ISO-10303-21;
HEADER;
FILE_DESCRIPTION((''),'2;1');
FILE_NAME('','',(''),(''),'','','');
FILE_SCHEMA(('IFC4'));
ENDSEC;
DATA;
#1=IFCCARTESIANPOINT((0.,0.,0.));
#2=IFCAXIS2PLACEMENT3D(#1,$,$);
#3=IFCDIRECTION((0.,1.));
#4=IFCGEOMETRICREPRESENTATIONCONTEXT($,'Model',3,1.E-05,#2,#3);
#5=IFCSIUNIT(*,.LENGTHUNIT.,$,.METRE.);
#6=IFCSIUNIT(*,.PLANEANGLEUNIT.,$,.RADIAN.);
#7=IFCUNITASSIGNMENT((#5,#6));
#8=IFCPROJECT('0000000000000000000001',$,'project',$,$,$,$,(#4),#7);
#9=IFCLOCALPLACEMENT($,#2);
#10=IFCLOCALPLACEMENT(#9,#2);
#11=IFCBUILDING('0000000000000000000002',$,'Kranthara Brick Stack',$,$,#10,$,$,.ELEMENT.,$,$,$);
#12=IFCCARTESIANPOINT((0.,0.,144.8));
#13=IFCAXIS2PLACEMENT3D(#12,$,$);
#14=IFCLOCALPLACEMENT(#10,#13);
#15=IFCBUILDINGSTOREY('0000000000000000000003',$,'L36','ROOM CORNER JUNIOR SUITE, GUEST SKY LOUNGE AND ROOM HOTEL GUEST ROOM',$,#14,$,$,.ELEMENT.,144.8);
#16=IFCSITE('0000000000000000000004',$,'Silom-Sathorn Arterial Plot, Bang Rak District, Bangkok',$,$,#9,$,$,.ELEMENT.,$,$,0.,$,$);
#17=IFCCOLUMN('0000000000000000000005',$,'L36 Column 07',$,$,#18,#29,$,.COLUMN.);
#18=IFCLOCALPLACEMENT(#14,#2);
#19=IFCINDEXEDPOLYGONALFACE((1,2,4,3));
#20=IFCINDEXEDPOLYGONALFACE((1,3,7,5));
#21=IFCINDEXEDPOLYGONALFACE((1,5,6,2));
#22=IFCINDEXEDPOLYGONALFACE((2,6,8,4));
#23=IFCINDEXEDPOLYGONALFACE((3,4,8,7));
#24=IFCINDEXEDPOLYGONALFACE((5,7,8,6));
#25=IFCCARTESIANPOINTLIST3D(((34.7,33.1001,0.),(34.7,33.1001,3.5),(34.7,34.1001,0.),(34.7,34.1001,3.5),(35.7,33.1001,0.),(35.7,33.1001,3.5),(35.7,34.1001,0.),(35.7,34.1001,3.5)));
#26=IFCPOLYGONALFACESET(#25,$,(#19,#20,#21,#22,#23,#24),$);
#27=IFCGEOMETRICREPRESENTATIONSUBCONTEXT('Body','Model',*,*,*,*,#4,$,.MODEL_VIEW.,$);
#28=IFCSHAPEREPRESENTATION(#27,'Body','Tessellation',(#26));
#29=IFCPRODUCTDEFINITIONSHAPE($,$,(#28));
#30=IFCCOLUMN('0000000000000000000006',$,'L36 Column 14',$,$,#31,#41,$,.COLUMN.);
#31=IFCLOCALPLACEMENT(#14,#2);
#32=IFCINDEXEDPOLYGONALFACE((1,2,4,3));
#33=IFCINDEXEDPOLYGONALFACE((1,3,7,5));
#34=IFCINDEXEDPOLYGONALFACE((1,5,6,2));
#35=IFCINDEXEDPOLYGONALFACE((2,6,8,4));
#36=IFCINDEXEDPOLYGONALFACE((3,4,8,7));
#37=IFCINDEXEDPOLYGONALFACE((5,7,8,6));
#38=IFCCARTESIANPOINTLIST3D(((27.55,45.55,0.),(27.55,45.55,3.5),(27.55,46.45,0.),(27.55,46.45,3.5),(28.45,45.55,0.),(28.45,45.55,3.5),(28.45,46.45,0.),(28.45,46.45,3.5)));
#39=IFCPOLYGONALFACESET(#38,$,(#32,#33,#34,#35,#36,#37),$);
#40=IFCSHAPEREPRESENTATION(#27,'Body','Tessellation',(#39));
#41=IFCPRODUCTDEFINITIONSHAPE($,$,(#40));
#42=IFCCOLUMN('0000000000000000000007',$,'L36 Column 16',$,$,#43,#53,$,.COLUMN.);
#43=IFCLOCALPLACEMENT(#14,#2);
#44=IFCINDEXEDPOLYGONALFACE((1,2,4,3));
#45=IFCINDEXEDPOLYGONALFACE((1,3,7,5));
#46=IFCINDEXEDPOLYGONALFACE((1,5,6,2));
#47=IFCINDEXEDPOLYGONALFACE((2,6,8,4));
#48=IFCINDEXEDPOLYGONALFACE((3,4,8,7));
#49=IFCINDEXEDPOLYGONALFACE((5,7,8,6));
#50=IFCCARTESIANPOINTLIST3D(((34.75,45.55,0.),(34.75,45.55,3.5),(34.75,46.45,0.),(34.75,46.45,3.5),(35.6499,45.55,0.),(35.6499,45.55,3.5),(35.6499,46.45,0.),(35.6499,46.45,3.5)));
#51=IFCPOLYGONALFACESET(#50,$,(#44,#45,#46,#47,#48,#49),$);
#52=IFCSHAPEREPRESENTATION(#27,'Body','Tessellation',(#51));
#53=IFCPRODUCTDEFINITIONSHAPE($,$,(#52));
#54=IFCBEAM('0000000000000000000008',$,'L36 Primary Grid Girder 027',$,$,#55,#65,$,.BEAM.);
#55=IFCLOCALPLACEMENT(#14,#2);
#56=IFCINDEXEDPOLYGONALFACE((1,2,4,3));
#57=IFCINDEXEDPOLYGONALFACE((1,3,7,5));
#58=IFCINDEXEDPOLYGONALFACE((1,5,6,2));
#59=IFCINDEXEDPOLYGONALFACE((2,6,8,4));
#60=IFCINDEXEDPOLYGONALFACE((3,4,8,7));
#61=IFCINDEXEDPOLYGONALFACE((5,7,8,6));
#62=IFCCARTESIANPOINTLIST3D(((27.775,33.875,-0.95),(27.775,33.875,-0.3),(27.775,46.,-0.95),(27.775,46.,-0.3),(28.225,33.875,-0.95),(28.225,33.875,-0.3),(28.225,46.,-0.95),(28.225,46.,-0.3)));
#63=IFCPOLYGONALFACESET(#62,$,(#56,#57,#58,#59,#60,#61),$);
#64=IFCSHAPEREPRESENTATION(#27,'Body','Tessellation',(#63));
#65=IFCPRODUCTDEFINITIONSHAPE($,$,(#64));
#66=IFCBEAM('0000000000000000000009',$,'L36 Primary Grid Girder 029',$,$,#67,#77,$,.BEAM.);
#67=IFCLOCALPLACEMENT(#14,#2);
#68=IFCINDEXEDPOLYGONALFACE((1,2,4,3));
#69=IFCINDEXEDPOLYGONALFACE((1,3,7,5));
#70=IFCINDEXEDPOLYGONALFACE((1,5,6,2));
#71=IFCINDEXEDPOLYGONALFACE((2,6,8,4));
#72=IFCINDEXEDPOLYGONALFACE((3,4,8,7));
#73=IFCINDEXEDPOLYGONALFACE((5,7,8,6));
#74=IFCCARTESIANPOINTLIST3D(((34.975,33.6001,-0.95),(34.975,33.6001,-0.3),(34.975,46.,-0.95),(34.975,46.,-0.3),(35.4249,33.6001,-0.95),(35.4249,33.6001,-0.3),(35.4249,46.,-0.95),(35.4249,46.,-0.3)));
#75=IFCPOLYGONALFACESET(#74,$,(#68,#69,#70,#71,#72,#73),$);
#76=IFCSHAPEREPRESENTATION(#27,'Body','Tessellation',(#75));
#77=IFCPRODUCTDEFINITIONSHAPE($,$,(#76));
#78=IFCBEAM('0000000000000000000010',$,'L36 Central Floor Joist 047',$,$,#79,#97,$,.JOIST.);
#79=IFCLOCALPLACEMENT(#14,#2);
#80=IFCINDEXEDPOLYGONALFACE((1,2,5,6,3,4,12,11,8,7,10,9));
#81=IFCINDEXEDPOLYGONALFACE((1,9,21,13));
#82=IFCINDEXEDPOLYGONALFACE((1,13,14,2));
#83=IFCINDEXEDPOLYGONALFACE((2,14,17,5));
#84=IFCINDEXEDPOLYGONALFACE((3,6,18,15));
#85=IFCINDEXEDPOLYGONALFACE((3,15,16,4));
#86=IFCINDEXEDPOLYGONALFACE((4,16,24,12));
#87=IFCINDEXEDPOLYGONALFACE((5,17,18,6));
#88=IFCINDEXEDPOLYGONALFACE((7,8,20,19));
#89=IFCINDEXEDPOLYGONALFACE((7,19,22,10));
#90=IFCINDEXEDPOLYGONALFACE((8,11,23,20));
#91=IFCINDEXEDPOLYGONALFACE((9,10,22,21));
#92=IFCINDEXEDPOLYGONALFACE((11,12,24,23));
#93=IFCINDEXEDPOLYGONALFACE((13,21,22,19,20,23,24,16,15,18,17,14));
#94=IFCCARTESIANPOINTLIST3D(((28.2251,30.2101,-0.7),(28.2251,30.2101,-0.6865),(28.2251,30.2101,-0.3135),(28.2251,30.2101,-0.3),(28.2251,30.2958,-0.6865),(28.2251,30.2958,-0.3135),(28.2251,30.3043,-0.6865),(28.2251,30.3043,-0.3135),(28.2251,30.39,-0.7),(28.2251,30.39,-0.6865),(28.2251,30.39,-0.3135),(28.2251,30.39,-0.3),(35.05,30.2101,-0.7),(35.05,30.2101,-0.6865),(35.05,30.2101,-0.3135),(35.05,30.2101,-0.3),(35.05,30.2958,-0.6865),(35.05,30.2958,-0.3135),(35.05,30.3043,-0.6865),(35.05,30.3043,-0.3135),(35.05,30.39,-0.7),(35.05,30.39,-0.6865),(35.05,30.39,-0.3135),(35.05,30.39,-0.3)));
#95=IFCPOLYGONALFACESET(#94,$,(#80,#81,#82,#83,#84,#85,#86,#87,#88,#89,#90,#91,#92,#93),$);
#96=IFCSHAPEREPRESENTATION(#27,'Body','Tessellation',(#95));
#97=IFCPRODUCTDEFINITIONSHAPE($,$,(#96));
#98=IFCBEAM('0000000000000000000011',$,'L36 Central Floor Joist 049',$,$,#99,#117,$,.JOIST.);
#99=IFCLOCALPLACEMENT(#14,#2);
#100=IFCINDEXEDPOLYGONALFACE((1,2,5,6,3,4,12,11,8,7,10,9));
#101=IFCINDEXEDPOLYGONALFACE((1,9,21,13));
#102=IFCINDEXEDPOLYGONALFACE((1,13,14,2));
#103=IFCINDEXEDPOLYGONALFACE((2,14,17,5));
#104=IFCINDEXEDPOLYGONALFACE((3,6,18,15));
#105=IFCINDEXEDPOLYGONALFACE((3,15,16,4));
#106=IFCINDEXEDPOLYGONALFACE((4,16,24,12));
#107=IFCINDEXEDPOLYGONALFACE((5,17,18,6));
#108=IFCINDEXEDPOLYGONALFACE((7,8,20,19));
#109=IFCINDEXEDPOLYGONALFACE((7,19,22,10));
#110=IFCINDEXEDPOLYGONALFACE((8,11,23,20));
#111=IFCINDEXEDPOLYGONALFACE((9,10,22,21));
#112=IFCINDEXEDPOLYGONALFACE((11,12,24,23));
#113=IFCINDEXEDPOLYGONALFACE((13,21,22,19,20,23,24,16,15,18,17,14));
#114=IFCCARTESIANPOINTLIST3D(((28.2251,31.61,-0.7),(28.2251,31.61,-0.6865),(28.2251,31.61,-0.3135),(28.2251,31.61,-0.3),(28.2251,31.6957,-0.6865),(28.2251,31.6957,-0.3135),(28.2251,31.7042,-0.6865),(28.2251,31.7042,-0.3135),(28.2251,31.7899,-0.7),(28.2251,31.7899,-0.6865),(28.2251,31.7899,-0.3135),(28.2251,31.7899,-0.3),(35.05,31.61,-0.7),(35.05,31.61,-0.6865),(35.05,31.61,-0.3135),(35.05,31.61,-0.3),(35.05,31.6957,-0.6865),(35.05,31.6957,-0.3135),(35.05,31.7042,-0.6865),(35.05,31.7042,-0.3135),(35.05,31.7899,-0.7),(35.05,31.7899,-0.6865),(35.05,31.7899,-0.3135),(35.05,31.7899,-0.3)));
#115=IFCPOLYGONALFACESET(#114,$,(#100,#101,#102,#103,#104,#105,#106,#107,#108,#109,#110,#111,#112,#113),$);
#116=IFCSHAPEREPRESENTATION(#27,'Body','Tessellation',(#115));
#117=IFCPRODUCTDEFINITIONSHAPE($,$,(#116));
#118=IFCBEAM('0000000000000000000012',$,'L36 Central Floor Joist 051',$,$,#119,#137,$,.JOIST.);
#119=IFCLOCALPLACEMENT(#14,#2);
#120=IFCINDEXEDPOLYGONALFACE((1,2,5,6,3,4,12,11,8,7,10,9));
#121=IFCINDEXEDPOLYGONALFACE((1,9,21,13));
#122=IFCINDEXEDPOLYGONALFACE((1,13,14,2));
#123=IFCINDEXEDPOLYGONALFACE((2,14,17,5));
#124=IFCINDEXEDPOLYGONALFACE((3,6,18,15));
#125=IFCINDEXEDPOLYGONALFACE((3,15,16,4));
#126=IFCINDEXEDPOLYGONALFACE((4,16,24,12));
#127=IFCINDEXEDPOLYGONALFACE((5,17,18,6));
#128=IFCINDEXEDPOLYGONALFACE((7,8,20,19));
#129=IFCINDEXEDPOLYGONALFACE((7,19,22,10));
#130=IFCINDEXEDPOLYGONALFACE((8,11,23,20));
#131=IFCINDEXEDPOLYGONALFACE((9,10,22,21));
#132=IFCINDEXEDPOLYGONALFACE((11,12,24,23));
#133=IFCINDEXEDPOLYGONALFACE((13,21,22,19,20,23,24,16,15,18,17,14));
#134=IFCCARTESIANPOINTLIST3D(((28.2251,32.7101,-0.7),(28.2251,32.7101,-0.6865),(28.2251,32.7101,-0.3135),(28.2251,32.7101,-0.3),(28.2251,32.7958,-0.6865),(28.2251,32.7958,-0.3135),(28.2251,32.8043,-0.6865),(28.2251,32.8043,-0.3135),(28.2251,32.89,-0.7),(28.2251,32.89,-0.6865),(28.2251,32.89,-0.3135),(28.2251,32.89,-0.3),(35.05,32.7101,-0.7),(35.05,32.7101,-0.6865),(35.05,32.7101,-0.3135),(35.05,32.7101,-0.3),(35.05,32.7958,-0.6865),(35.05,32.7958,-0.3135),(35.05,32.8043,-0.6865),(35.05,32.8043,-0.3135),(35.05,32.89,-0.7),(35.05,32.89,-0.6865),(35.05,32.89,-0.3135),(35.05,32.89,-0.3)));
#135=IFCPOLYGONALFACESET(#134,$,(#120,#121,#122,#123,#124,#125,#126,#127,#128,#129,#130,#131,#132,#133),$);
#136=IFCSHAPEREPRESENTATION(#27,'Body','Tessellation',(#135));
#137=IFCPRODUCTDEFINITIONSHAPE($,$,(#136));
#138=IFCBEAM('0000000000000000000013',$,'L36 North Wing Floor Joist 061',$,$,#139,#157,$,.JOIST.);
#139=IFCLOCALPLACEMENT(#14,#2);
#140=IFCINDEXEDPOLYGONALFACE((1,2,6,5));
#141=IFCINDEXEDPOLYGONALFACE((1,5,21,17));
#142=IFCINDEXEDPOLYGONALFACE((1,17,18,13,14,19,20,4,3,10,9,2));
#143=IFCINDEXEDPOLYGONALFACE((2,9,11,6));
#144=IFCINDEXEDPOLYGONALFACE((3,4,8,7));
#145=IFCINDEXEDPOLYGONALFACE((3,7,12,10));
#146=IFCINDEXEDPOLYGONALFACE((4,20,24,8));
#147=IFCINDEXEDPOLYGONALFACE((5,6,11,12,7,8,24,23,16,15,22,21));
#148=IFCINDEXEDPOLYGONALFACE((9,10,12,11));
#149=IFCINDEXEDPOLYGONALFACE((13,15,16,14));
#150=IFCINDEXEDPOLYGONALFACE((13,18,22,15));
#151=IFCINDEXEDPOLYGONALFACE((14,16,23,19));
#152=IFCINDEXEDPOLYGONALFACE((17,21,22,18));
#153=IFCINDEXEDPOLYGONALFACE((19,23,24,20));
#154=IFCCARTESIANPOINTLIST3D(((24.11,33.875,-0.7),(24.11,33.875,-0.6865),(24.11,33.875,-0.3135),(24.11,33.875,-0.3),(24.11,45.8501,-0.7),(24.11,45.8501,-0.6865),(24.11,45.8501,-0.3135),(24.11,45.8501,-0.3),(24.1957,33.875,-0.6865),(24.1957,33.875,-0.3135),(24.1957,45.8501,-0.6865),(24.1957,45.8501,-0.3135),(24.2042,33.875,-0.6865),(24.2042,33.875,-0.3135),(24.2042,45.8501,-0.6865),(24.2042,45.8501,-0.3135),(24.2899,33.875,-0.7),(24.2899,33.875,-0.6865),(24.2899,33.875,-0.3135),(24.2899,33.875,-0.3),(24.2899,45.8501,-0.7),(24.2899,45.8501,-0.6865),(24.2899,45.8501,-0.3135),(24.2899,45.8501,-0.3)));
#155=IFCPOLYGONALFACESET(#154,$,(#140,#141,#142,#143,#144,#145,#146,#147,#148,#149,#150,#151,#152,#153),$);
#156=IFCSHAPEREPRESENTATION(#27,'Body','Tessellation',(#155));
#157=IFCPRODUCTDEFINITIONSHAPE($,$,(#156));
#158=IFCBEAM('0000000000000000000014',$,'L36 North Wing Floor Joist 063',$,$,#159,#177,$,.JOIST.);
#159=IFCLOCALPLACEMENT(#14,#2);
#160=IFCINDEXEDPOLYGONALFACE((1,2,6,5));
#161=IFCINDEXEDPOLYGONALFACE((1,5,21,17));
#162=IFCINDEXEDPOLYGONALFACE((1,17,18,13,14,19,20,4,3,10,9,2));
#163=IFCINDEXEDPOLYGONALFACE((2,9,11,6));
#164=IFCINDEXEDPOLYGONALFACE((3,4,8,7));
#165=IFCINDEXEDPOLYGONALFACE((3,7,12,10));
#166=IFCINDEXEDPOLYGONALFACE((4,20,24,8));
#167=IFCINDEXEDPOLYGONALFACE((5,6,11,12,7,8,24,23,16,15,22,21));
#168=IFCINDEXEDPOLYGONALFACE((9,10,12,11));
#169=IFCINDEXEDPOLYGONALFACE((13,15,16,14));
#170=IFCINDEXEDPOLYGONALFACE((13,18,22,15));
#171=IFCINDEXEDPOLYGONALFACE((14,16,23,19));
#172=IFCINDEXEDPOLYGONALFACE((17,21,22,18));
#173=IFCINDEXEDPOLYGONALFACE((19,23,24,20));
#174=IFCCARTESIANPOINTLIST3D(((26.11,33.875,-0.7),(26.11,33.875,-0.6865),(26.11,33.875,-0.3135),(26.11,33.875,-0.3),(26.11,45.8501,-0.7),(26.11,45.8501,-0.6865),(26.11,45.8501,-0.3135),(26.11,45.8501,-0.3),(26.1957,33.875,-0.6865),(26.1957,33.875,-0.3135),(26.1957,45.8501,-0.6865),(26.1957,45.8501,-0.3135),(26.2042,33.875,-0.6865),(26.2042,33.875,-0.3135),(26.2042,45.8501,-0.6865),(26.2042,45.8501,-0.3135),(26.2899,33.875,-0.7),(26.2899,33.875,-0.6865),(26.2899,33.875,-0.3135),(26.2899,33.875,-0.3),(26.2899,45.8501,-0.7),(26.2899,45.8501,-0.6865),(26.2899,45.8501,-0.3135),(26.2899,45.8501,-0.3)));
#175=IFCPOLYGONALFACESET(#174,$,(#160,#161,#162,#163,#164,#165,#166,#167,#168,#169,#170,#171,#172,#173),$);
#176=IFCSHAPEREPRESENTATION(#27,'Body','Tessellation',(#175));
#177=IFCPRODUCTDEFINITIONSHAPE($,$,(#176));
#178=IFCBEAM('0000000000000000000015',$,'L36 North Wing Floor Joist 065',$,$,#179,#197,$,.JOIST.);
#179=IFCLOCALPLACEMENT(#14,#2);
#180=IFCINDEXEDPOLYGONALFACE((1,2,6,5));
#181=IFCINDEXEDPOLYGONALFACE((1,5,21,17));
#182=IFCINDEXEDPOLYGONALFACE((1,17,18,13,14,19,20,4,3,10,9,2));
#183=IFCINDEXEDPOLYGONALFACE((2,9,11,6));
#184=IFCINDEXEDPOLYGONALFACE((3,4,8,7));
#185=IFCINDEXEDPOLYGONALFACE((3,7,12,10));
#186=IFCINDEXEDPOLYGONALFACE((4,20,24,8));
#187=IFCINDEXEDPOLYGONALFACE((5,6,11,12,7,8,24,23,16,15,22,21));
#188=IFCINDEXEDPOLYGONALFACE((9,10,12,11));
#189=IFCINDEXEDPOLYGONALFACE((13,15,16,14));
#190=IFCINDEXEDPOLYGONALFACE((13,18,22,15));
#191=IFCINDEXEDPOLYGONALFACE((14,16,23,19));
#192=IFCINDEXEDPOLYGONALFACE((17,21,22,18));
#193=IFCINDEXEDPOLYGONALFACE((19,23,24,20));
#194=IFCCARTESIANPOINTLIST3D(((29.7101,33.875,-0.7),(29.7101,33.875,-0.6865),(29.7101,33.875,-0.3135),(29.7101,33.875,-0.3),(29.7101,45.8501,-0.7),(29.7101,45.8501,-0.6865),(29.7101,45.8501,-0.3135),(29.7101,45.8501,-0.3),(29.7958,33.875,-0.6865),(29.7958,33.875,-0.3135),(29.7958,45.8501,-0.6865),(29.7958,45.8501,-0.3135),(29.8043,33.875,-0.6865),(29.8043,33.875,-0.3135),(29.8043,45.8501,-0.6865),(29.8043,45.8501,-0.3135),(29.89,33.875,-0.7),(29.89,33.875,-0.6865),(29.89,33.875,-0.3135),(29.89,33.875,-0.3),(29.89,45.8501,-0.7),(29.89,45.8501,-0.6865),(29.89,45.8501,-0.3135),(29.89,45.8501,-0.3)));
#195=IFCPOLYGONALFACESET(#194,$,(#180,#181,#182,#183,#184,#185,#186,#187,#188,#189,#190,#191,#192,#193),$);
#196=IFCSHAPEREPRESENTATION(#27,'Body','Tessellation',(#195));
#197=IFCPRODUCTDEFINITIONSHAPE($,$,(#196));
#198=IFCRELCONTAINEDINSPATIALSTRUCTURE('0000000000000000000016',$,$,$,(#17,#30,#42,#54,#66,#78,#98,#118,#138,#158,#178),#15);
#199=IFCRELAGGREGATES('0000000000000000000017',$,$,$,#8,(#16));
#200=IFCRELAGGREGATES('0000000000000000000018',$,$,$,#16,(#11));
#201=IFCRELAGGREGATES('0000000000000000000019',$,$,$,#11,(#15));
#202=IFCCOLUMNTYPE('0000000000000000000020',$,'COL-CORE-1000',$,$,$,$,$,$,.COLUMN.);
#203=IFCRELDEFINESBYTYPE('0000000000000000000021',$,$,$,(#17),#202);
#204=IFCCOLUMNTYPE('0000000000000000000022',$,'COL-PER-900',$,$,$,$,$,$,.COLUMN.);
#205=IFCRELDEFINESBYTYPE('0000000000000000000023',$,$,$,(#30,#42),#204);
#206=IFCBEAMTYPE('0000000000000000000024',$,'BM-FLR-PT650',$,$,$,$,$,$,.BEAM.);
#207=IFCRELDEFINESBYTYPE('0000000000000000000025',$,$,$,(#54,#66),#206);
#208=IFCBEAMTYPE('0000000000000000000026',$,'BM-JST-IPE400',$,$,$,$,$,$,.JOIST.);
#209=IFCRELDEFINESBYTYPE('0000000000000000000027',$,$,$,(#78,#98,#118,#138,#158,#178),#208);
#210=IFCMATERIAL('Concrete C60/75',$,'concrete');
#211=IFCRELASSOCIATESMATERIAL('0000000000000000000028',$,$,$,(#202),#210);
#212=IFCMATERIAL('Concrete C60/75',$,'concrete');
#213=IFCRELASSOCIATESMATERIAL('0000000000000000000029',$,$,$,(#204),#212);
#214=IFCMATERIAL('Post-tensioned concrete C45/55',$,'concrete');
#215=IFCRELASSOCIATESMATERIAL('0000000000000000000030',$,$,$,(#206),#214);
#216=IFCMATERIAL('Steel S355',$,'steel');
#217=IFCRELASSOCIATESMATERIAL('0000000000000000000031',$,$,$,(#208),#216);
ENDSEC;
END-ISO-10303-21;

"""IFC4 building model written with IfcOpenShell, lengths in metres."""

from ifc_helpers import new_model, si_unit, direction, frame, origin, origin_2d, place, context, subcontext, project, spatial, rectangle, i_section, extrude, material, material_profile, profile_set, type_object, element, save


model = new_model("IFC4")

# Units and contexts
model_context = context("Model", 3, precision=1e-05, world=origin(), true_north=direction((0.0, 1.0)))
body_context = subcontext(model_context, "Body", "Model", "MODEL_VIEW")
ifc_project = project(units=[si_unit("LENGTHUNIT", "METRE"), si_unit("PLANEANGLEUNIT", "RADIAN")], contexts=[model_context])

# Site, building, storey
site_placement = place(None, origin())
site = spatial("IfcSite", under=ifc_project, at=site_placement, Name="Silom-Sathorn Arterial Plot, Bang Rak District, Bangkok", CompositionType="ELEMENT", RefElevation=0.0)
building_placement = place(site_placement, origin())
building = spatial("IfcBuilding", under=site, at=building_placement, Name="Kranthara Brick Stack", CompositionType="ELEMENT")
storey_placement = place(building_placement, frame((0.0, 0.0, 144.8)))
storey = spatial("IfcBuildingStorey", under=building, at=storey_placement, Name="L36", Description="ROOM CORNER JUNIOR SUITE, GUEST SKY LOUNGE AND ROOM HOTEL GUEST ROOM", CompositionType="ELEMENT", Elevation=144.8)

# Columns
ifc_material_1 = material(Name="Concrete C60/75", Category="concrete")
ifc_material_profile_1 = material_profile(ifc_material_1, rectangle(XDim=1.0, YDim=1.0, at=origin_2d()), Name="RC 1000x1000")
ifc_profile_set_1 = profile_set([ifc_material_profile_1], Name="Concrete C60/75")
column_type_1 = type_object("IfcColumnType", Name="COL-CORE-1000", PredefinedType="COLUMN", material=ifc_profile_set_1)
column_placement = place(storey_placement, frame((35.2, 33.6001, 0.0), z_axis=(0.0, 0.0, 1.0), x_axis=(1.0, 0.0, 0.0)))
element("IfcColumn", 1, at=column_placement, inside=storey, type_object=column_type_1, Name="L36 Column 07", PredefinedType="COLUMN", context=body_context, shape_type="SweptSolid", body=[
    extrude(rectangle(XDim=1.0, YDim=1.0, at=origin_2d()), origin(), (0.0, 0.0, 1.0), 3.5),
])
ifc_material_2 = material(Name="Concrete C60/75", Category="concrete")
ifc_material_profile_2 = material_profile(ifc_material_2, rectangle(XDim=0.8999, YDim=0.8999, at=origin_2d()), Name="RC 900x900")
ifc_profile_set_2 = profile_set([ifc_material_profile_2], Name="Concrete C60/75")
column_type_2 = type_object("IfcColumnType", Name="COL-PER-900", PredefinedType="COLUMN", material=ifc_profile_set_2)
for number, where, z_axis, x_axis, name in (
    (2, (28.0, 46.0, 0.0), (0.0, 0.0, 1.0), (1.0, 0.0, 0.0), "L36 Column 14"),
    (3, (35.2, 46.0, 0.0), (0.0, 0.0, 1.0), (1.0, 0.0, 0.0), "L36 Column 16"),
):
    element("IfcColumn", number, at=place(storey_placement, frame(where, z_axis=z_axis, x_axis=x_axis)), inside=storey, type_object=column_type_2, Name=name, PredefinedType="COLUMN", context=body_context, shape_type="SweptSolid", body=[
        extrude(rectangle(XDim=0.8999, YDim=0.8999, at=origin_2d()), origin(), (0.0, 0.0, 1.0), 3.5),
    ])

# Beams
ifc_material_3 = material(Name="Post-tensioned concrete C45/55", Category="concrete")
ifc_material_profile_3 = material_profile(ifc_material_3, rectangle(XDim=0.45, YDim=0.6499, at=origin_2d()), Name="PT 450x650")
ifc_profile_set_3 = profile_set([ifc_material_profile_3], Name="Post-tensioned concrete C45/55")
beam_type_1 = type_object("IfcBeamType", Name="BM-FLR-PT650", PredefinedType="BEAM", material=ifc_profile_set_3)
beam_1_placement = place(storey_placement, frame((28.0, 33.875, -0.625), z_axis=(0.0, 1.0, 0.0), x_axis=(-1.0, 0.0, 0.0)))
element("IfcBeam", 4, at=beam_1_placement, inside=storey, type_object=beam_type_1, Name="L36 Primary Grid Girder 027", PredefinedType="BEAM", context=body_context, shape_type="SweptSolid", body=[
    extrude(rectangle(XDim=0.45, YDim=0.6499, at=origin_2d()), origin(), (0.0, 0.0, 1.0), 12.125),
])
beam_2_placement = place(storey_placement, frame((35.2, 33.6001, -0.625), z_axis=(0.0, 1.0, 0.0), x_axis=(-1.0, 0.0, 0.0)))
element("IfcBeam", 5, at=beam_2_placement, inside=storey, type_object=beam_type_1, Name="L36 Primary Grid Girder 029", PredefinedType="BEAM", context=body_context, shape_type="SweptSolid", body=[
    extrude(rectangle(XDim=0.45, YDim=0.6499, at=origin_2d()), origin(), (0.0, 0.0, 1.0), 12.3999),
])
ifc_material_4 = material(Name="Steel S355", Category="steel")
ifc_material_profile_4 = material_profile(ifc_material_4, i_section(OverallWidth=0.1799, OverallDepth=0.3999, WebThickness=0.0085, FlangeThickness=0.0134, at=origin_2d()), Name="IPE 400")
ifc_profile_set_4 = profile_set([ifc_material_profile_4], Name="Steel S355")
beam_type_2 = type_object("IfcBeamType", Name="BM-JST-IPE400", PredefinedType="JOIST", material=ifc_profile_set_4)
for number, where, z_axis, x_axis, name in (
    (6, (28.2251, 30.3, -0.5), (1.0, 0.0, 0.0), (0.0, 1.0, 0.0), "L36 Central Floor Joist 047"),
    (7, (28.2251, 31.7, -0.5), (1.0, 0.0, 0.0), (0.0, 1.0, 0.0), "L36 Central Floor Joist 049"),
    (8, (28.2251, 32.8, -0.5), (1.0, 0.0, 0.0), (0.0, 1.0, 0.0), "L36 Central Floor Joist 051"),
):
    element("IfcBeam", number, at=place(storey_placement, frame(where, z_axis=z_axis, x_axis=x_axis)), inside=storey, type_object=beam_type_2, Name=name, PredefinedType="JOIST", context=body_context, shape_type="SweptSolid", body=[
        extrude(i_section(OverallWidth=0.1799, OverallDepth=0.3999, WebThickness=0.0085, FlangeThickness=0.0134, at=origin_2d()), origin(), (0.0, 0.0, 1.0), 6.825),
    ])
for number, where, z_axis, x_axis, name in (
    (9, (24.2, 33.875, -0.5), (0.0, 1.0, 0.0), (-1.0, 0.0, 0.0), "L36 North Wing Floor Joist 061"),
    (10, (26.2, 33.875, -0.5), (0.0, 1.0, 0.0), (-1.0, 0.0, 0.0), "L36 North Wing Floor Joist 063"),
    (11, (29.8, 33.875, -0.5), (0.0, 1.0, 0.0), (-1.0, 0.0, 0.0), "L36 North Wing Floor Joist 065"),
):
    element("IfcBeam", number, at=place(storey_placement, frame(where, z_axis=z_axis, x_axis=x_axis)), inside=storey, type_object=beam_type_2, Name=name, PredefinedType="JOIST", context=body_context, shape_type="SweptSolid", body=[
        extrude(i_section(OverallWidth=0.1799, OverallDepth=0.3999, WebThickness=0.0085, FlangeThickness=0.0134, at=origin_2d()), origin(), (0.0, 0.0, 1.0), 11.9751),
    ])

save(model, "model.ifc")
